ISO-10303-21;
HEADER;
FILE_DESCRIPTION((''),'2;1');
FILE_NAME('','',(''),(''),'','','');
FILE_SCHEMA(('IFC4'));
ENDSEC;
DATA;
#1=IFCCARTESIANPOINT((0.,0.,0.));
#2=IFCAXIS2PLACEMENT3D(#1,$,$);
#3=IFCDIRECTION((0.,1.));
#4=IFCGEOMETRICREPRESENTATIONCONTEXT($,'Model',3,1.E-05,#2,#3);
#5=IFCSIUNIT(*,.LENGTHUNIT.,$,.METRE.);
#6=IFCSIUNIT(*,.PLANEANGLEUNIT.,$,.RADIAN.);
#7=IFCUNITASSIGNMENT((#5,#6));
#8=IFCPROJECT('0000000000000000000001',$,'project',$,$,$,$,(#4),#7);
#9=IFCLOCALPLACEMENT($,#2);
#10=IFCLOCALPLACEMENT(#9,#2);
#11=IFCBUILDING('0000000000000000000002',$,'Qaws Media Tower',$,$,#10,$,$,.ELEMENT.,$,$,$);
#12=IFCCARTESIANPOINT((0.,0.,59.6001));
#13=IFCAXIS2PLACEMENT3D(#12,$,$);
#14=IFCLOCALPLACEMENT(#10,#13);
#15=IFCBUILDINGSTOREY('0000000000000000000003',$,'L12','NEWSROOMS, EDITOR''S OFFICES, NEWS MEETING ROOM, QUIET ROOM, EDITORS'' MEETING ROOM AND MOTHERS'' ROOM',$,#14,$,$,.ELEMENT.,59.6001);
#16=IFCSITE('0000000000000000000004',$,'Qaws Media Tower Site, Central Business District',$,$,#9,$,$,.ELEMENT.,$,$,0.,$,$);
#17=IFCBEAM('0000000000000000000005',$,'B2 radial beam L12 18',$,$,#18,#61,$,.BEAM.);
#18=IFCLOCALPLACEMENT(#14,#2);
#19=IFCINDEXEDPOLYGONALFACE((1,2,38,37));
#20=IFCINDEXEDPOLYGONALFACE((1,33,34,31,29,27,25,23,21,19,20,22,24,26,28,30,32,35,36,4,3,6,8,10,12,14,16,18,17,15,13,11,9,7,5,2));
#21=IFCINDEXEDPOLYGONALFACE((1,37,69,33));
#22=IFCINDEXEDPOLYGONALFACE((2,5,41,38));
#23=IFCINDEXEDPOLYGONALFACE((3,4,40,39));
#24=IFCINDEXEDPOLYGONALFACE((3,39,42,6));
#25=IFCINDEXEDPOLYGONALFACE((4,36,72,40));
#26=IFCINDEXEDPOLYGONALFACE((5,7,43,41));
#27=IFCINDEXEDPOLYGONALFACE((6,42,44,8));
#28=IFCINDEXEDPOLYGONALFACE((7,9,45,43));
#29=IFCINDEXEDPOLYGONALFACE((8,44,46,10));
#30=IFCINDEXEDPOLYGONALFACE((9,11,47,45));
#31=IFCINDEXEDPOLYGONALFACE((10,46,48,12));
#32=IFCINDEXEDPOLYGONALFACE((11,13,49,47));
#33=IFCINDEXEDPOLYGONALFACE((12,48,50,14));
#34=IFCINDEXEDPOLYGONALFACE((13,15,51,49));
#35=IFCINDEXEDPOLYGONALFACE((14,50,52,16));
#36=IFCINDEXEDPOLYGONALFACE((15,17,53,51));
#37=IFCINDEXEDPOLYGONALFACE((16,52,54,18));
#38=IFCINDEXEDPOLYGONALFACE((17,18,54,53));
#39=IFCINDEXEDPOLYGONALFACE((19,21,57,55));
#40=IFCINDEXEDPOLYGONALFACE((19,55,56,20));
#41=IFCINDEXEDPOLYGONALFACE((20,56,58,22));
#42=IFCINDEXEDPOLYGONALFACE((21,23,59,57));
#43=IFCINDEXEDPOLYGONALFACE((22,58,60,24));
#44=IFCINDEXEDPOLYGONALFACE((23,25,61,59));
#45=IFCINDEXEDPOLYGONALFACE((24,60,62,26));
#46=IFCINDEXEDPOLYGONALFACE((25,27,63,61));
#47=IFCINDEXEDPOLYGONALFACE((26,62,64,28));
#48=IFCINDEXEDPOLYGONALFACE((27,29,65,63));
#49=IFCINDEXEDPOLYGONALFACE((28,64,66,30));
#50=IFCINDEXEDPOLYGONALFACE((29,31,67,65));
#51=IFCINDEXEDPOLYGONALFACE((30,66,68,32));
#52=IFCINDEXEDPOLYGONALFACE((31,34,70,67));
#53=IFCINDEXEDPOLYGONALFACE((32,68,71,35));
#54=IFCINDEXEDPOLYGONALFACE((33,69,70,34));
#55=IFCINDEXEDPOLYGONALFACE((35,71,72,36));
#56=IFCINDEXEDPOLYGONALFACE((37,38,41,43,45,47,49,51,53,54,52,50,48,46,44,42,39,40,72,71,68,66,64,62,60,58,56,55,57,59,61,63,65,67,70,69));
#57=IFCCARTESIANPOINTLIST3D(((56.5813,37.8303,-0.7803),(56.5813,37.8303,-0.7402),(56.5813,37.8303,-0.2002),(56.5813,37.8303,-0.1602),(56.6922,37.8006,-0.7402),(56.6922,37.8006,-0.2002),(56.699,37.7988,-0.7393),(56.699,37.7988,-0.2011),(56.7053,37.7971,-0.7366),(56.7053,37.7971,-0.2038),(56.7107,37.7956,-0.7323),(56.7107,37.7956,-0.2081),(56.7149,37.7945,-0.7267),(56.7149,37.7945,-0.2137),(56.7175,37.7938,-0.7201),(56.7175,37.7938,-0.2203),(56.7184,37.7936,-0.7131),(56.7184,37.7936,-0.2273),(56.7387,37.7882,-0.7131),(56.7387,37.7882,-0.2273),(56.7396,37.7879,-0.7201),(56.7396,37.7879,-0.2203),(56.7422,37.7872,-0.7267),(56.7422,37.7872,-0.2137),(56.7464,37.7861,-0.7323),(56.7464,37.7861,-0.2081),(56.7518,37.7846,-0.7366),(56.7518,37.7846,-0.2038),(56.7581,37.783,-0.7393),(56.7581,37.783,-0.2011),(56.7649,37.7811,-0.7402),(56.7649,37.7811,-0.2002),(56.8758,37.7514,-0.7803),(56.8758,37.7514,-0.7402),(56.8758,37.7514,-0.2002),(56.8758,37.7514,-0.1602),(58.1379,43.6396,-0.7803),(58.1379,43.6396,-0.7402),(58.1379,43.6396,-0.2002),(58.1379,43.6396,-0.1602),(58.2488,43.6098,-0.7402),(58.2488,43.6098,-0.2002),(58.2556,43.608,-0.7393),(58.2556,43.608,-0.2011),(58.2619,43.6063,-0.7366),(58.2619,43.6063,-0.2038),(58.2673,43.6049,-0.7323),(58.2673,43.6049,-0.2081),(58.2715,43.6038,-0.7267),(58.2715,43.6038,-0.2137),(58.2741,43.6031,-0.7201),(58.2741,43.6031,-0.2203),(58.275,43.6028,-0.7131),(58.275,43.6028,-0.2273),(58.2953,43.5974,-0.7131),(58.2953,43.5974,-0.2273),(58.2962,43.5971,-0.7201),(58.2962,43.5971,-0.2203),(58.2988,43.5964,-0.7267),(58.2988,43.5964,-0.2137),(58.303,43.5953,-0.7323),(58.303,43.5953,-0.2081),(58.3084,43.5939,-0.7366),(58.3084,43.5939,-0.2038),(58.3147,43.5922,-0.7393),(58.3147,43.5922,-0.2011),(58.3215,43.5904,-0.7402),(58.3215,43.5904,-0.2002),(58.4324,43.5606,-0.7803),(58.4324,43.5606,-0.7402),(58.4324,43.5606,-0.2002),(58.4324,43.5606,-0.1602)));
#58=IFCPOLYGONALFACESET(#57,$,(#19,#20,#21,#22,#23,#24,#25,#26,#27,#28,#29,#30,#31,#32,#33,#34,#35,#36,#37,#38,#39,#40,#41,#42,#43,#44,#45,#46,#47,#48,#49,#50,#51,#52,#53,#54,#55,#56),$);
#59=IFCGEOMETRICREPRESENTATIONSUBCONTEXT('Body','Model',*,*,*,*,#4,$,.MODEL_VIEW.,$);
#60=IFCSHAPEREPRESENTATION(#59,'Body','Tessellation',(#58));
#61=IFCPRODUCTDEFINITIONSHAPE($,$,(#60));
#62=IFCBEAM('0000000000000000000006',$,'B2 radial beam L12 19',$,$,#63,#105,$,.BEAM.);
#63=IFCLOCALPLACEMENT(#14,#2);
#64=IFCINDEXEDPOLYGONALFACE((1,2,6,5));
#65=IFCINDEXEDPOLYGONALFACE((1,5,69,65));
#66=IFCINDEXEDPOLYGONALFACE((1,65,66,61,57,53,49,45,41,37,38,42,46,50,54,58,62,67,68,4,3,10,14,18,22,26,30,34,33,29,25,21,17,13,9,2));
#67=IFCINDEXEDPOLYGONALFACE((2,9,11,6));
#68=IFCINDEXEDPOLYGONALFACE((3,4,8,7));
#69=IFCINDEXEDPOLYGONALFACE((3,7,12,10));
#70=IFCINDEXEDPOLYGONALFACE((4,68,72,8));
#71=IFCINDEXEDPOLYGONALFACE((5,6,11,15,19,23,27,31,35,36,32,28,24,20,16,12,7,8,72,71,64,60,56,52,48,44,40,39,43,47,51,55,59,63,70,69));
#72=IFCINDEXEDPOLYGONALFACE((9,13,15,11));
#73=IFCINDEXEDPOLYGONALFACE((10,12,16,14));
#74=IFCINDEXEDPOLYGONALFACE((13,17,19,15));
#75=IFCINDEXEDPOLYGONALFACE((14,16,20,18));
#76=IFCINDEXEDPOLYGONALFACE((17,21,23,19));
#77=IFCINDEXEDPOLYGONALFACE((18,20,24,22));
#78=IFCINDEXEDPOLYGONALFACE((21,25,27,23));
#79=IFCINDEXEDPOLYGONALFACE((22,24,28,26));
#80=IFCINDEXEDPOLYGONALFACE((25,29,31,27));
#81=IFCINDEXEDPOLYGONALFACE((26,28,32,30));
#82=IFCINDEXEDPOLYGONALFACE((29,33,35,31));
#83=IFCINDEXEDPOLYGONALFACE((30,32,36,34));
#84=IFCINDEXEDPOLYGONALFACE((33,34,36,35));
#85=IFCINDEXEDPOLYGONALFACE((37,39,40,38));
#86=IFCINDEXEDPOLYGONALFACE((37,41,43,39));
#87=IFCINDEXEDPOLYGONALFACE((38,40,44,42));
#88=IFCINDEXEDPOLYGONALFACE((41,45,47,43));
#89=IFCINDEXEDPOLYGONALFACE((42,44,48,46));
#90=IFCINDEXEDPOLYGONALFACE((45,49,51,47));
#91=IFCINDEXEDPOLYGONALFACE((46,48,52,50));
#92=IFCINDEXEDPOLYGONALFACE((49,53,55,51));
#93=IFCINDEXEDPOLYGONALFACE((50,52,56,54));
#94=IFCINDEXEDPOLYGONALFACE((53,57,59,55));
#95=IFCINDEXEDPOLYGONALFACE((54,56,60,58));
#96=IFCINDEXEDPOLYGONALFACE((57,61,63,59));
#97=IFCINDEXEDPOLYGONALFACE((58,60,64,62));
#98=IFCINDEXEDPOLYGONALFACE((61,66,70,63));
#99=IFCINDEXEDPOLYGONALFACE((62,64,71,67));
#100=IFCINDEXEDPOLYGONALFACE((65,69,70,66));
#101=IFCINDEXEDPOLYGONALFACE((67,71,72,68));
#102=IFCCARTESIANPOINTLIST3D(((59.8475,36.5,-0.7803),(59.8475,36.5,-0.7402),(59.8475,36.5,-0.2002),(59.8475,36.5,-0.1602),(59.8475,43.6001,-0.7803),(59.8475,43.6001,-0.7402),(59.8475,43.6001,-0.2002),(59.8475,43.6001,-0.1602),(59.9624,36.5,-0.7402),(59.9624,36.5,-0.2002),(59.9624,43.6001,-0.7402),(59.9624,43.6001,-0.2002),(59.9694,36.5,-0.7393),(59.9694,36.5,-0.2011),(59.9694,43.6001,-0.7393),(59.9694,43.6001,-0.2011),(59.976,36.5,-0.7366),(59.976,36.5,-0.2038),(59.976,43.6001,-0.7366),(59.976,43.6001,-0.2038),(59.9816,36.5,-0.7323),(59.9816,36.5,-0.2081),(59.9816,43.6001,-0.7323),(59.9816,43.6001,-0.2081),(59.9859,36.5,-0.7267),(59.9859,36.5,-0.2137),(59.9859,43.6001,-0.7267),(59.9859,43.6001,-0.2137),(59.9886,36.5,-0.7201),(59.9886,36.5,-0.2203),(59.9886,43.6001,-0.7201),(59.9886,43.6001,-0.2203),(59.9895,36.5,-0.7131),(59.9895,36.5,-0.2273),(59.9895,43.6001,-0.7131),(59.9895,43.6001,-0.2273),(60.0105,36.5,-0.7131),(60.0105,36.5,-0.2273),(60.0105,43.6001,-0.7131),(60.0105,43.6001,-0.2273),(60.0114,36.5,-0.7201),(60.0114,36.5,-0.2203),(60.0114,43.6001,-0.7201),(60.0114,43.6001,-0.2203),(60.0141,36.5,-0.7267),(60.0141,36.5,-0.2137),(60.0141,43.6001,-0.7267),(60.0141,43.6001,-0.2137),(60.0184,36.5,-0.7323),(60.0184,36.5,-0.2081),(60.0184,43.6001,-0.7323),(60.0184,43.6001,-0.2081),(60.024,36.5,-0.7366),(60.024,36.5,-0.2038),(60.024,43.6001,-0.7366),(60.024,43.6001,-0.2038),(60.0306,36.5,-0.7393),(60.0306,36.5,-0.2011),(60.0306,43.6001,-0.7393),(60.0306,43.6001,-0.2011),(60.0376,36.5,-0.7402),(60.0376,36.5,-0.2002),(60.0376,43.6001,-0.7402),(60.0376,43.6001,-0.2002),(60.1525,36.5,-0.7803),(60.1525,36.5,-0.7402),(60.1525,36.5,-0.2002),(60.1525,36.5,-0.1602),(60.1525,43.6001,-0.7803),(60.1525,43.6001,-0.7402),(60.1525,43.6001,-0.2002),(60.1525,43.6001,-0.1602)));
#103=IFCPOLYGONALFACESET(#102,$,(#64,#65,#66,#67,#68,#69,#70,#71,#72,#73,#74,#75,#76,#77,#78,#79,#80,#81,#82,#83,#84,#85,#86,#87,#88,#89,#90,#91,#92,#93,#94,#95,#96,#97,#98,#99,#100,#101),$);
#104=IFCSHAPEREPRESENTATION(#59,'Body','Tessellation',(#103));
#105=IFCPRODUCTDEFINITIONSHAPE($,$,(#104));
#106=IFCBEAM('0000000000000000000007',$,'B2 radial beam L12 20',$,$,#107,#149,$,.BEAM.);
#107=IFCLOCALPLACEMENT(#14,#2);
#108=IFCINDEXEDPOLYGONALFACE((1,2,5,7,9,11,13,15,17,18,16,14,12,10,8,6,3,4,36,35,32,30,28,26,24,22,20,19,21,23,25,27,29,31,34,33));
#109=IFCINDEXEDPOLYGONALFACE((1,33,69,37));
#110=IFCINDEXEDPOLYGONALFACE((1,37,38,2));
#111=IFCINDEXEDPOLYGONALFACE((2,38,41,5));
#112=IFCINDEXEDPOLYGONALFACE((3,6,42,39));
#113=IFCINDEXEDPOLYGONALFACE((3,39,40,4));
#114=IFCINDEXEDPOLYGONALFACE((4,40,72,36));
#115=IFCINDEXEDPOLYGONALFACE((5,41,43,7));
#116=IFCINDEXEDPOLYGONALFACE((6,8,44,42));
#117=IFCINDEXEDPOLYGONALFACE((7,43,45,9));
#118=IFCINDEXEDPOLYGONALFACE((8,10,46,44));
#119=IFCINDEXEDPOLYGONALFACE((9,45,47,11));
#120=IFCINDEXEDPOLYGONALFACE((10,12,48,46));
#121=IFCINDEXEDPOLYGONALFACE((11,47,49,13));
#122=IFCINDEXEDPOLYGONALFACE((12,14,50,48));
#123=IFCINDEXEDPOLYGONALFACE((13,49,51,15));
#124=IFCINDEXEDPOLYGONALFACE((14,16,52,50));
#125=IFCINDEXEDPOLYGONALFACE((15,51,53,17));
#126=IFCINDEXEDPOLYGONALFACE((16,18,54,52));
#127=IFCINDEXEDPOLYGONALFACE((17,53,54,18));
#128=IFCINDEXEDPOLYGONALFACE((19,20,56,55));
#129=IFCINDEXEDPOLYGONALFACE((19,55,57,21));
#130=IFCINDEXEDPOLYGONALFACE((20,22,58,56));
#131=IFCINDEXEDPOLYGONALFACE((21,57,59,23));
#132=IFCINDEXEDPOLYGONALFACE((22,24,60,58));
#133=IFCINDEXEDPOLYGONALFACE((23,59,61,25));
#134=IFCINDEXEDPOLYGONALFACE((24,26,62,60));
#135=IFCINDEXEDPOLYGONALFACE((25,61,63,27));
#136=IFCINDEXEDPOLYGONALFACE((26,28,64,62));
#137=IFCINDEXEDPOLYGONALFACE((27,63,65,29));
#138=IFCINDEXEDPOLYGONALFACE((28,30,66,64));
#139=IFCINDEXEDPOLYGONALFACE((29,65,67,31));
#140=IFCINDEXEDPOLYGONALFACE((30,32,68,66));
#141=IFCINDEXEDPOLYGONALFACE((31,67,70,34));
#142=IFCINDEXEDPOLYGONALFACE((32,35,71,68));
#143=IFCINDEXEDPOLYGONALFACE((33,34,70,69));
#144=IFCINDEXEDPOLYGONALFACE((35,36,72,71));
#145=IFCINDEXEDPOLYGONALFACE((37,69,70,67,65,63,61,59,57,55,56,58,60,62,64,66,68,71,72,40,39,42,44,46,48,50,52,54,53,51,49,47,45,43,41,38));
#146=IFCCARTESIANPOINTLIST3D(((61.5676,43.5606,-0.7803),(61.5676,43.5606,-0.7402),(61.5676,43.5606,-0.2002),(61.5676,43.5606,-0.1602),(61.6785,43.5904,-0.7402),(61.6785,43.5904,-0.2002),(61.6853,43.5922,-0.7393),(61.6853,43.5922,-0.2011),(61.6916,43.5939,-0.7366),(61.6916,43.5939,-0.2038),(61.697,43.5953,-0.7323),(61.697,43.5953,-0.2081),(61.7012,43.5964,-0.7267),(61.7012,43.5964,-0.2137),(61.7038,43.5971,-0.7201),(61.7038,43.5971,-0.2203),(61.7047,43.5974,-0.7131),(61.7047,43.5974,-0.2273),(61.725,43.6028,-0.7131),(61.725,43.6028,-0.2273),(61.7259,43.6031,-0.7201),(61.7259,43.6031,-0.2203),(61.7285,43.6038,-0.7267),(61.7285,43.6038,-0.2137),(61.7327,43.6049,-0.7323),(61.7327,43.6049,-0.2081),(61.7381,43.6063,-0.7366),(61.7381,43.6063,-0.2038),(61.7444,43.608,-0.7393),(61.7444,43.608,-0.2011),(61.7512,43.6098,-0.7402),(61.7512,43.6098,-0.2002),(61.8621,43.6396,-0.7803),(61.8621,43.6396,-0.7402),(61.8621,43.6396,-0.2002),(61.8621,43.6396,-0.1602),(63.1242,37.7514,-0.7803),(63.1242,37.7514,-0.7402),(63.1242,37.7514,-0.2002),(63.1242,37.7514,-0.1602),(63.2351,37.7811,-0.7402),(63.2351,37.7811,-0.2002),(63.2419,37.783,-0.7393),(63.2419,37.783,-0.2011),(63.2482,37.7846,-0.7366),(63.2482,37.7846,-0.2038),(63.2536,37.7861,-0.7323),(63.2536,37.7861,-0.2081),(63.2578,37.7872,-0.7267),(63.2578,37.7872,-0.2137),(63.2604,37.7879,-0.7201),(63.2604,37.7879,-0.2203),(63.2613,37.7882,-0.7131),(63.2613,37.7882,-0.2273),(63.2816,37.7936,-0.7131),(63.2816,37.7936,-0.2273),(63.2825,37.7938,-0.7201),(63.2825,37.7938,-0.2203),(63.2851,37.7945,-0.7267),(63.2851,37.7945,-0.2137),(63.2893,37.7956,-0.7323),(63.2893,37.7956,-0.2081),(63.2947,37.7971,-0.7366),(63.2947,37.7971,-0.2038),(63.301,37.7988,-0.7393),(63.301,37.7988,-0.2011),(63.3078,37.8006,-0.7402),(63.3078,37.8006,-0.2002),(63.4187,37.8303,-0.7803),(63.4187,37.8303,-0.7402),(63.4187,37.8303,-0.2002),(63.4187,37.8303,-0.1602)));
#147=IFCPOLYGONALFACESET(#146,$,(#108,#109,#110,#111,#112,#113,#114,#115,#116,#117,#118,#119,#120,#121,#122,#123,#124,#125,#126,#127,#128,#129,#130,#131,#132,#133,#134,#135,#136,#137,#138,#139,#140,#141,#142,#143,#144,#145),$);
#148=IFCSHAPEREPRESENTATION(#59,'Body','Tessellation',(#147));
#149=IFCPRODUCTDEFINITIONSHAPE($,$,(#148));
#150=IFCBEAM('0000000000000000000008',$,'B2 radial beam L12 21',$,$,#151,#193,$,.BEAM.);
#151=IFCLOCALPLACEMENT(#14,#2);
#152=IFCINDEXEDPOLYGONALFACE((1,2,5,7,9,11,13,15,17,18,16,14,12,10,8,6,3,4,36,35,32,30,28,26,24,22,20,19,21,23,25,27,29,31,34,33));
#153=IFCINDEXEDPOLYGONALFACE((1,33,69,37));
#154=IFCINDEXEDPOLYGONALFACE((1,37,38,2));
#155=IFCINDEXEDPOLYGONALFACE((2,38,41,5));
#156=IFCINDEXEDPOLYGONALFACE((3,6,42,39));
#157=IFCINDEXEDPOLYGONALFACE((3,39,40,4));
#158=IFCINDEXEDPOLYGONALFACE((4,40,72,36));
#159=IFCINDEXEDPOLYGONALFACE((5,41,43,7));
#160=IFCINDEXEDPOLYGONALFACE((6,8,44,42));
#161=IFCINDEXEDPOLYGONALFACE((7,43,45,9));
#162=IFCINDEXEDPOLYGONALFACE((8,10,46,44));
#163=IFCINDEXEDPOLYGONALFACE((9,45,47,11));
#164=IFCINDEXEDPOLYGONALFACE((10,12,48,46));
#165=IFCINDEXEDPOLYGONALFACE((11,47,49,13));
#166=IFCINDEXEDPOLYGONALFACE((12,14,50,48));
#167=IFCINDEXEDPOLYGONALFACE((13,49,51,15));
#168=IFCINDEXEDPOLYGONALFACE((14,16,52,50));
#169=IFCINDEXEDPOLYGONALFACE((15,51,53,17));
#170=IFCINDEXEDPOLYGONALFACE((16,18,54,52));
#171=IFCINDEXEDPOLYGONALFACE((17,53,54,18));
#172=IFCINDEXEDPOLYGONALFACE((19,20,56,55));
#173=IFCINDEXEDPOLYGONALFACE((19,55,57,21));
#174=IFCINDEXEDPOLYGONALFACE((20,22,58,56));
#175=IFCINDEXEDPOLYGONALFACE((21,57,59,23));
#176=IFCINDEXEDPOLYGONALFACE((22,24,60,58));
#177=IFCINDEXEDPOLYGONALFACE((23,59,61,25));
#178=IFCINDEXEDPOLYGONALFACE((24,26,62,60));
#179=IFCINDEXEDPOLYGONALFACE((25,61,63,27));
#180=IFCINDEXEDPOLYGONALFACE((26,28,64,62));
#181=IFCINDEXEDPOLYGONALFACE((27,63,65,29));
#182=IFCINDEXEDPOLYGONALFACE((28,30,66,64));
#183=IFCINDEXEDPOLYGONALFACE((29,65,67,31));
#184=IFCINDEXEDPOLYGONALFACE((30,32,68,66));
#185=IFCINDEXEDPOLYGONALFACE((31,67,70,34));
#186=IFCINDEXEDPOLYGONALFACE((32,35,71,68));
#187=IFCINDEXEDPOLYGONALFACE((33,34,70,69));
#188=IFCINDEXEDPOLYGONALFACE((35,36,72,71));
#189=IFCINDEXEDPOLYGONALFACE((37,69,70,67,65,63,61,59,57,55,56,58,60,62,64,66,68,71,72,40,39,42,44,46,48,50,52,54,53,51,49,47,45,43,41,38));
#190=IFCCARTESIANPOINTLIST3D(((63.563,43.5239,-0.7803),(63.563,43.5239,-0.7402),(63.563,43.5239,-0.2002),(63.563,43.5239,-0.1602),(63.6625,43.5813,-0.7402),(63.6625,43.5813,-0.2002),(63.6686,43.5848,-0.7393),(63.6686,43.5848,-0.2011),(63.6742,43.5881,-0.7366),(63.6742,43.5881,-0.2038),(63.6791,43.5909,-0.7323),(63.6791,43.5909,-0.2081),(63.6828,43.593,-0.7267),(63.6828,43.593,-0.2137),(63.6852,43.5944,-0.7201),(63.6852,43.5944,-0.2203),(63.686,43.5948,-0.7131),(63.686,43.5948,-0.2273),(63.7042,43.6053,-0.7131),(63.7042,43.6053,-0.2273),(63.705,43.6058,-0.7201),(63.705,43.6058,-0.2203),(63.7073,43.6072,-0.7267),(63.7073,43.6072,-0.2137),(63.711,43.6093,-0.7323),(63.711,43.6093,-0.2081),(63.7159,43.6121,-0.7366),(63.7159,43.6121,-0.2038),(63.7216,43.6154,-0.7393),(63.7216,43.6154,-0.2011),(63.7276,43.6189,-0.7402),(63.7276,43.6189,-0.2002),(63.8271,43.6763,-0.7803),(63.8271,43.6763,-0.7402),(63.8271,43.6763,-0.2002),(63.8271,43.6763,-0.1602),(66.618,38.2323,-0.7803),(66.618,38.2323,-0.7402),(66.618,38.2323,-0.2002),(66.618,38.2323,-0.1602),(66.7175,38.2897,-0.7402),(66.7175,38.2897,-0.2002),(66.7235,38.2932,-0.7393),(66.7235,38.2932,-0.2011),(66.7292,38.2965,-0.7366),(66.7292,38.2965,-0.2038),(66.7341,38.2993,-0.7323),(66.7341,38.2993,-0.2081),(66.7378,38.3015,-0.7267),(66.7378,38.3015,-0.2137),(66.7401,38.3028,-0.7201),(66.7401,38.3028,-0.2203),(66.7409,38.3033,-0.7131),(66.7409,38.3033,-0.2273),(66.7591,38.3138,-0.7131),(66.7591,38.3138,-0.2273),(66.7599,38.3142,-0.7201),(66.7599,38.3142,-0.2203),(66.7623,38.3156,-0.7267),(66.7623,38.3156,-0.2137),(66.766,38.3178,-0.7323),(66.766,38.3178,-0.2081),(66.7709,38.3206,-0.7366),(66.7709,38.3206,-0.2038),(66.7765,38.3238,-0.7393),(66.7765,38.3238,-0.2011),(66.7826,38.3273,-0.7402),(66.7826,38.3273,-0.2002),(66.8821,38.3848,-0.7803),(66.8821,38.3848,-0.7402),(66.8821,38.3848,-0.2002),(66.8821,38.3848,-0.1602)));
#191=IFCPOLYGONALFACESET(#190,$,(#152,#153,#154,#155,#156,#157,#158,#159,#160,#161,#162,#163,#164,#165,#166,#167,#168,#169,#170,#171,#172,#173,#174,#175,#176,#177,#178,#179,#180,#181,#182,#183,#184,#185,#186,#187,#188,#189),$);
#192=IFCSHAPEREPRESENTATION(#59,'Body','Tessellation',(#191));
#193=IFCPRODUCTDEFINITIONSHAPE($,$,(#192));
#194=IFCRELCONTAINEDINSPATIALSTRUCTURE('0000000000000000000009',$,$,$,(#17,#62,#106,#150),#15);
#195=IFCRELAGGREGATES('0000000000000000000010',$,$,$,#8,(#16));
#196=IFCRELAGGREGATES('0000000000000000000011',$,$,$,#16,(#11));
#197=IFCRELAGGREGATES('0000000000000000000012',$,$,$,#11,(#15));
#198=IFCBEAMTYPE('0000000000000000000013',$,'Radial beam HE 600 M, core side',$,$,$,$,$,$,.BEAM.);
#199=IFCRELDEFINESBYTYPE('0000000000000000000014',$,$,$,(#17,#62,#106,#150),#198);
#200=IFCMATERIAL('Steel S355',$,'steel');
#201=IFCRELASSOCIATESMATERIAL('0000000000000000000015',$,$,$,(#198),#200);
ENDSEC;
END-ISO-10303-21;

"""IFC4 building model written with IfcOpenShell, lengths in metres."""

from ifc_helpers import new_model, si_unit, direction, frame, origin, origin_2d, place, context, subcontext, project, spatial, i_section, extrude, material, material_profile, profile_set, type_object, element, save


model = new_model("IFC4")

# Units and contexts
model_context = context("Model", 3, precision=1e-05, world=origin(), true_north=direction((0.0, 1.0)))
body_context = subcontext(model_context, "Body", "Model", "MODEL_VIEW")
ifc_project = project(units=[si_unit("LENGTHUNIT", "METRE"), si_unit("PLANEANGLEUNIT", "RADIAN")], contexts=[model_context])

# Site, building, storey
site_placement = place(None, origin())
site = spatial("IfcSite", under=ifc_project, at=site_placement, Name="Qaws Media Tower Site, Central Business District", CompositionType="ELEMENT", RefElevation=0.0)
building_placement = place(site_placement, origin())
building = spatial("IfcBuilding", under=site, at=building_placement, Name="Qaws Media Tower", CompositionType="ELEMENT")
storey_placement = place(building_placement, frame((0.0, 0.0, 59.6001)))
storey = spatial("IfcBuildingStorey", under=building, at=storey_placement, Name="L12", Description="NEWSROOMS, EDITOR'S OFFICES, NEWS MEETING ROOM, QUIET ROOM, EDITORS' MEETING ROOM AND MOTHERS' ROOM", CompositionType="ELEMENT", Elevation=59.6001)

# Beams
ifc_material_1 = material(Name="Steel S355", Category="steel")
ifc_material_profile_1 = material_profile(ifc_material_1, i_section(OverallWidth=0.3049, OverallDepth=0.6201, WebThickness=0.021, FlangeThickness=0.04, FilletRadius=0.0271, at=origin_2d()), Name="HE 600 M")
ifc_profile_set_1 = profile_set([ifc_material_profile_1], Name="Steel S355")
beam_type_1 = type_object("IfcBeamType", Name="Radial beam HE 600 M, core side", PredefinedType="BEAM", material=ifc_profile_set_1)
beam_1_placement = place(storey_placement, frame((58.2852, 43.6001, -0.4702), z_axis=(-0.258825, -0.965924, 0.0), x_axis=(0.965924, -0.258825, 0.0)))
element("IfcBeam", 1, at=beam_1_placement, inside=storey, type_object=beam_type_1, Name="B2 radial beam L12 18", PredefinedType="BEAM", context=body_context, shape_type="SweptSolid", body=[
    extrude(i_section(OverallWidth=0.3049, OverallDepth=0.6201, WebThickness=0.021, FlangeThickness=0.04, FilletRadius=0.0271, at=origin_2d()), origin(), (0.0, 0.0, 1.0), 6.0142),
])
beam_2_placement = place(storey_placement, frame((60.0, 43.6001, -0.4702), z_axis=(0.0, -1.0, 0.0), x_axis=(1.0, 0.0, 0.0)))
element("IfcBeam", 2, at=beam_2_placement, inside=storey, type_object=beam_type_1, Name="B2 radial beam L12 19", PredefinedType="BEAM", context=body_context, shape_type="SweptSolid", body=[
    extrude(i_section(OverallWidth=0.3049, OverallDepth=0.6201, WebThickness=0.021, FlangeThickness=0.04, FilletRadius=0.0271, at=origin_2d()), origin(), (0.0, 0.0, 1.0), 7.1001),
])
beam_3_placement = place(storey_placement, frame((61.7148, 43.6001, -0.4702), z_axis=(0.258825, -0.965924, 0.0), x_axis=(0.965924, 0.258825, 0.0)))
element("IfcBeam", 3, at=beam_3_placement, inside=storey, type_object=beam_type_1, Name="B2 radial beam L12 20", PredefinedType="BEAM", context=body_context, shape_type="SweptSolid", body=[
    extrude(i_section(OverallWidth=0.3049, OverallDepth=0.6201, WebThickness=0.021, FlangeThickness=0.04, FilletRadius=0.0271, at=origin_2d()), origin(), (0.0, 0.0, 1.0), 6.0142),
])
beam_4_placement = place(storey_placement, frame((63.6951, 43.6001, -0.4702), z_axis=(0.499985, -0.866034, 0.0), x_axis=(0.866034, 0.499985, 0.0)))
element("IfcBeam", 4, at=beam_4_placement, inside=storey, type_object=beam_type_1, Name="B2 radial beam L12 21", PredefinedType="BEAM", context=body_context, shape_type="SweptSolid", body=[
    extrude(i_section(OverallWidth=0.3049, OverallDepth=0.6201, WebThickness=0.021, FlangeThickness=0.04, FilletRadius=0.0271, at=origin_2d()), origin(), (0.0, 0.0, 1.0), 6.1101),
])

save(model, "model.ifc")
